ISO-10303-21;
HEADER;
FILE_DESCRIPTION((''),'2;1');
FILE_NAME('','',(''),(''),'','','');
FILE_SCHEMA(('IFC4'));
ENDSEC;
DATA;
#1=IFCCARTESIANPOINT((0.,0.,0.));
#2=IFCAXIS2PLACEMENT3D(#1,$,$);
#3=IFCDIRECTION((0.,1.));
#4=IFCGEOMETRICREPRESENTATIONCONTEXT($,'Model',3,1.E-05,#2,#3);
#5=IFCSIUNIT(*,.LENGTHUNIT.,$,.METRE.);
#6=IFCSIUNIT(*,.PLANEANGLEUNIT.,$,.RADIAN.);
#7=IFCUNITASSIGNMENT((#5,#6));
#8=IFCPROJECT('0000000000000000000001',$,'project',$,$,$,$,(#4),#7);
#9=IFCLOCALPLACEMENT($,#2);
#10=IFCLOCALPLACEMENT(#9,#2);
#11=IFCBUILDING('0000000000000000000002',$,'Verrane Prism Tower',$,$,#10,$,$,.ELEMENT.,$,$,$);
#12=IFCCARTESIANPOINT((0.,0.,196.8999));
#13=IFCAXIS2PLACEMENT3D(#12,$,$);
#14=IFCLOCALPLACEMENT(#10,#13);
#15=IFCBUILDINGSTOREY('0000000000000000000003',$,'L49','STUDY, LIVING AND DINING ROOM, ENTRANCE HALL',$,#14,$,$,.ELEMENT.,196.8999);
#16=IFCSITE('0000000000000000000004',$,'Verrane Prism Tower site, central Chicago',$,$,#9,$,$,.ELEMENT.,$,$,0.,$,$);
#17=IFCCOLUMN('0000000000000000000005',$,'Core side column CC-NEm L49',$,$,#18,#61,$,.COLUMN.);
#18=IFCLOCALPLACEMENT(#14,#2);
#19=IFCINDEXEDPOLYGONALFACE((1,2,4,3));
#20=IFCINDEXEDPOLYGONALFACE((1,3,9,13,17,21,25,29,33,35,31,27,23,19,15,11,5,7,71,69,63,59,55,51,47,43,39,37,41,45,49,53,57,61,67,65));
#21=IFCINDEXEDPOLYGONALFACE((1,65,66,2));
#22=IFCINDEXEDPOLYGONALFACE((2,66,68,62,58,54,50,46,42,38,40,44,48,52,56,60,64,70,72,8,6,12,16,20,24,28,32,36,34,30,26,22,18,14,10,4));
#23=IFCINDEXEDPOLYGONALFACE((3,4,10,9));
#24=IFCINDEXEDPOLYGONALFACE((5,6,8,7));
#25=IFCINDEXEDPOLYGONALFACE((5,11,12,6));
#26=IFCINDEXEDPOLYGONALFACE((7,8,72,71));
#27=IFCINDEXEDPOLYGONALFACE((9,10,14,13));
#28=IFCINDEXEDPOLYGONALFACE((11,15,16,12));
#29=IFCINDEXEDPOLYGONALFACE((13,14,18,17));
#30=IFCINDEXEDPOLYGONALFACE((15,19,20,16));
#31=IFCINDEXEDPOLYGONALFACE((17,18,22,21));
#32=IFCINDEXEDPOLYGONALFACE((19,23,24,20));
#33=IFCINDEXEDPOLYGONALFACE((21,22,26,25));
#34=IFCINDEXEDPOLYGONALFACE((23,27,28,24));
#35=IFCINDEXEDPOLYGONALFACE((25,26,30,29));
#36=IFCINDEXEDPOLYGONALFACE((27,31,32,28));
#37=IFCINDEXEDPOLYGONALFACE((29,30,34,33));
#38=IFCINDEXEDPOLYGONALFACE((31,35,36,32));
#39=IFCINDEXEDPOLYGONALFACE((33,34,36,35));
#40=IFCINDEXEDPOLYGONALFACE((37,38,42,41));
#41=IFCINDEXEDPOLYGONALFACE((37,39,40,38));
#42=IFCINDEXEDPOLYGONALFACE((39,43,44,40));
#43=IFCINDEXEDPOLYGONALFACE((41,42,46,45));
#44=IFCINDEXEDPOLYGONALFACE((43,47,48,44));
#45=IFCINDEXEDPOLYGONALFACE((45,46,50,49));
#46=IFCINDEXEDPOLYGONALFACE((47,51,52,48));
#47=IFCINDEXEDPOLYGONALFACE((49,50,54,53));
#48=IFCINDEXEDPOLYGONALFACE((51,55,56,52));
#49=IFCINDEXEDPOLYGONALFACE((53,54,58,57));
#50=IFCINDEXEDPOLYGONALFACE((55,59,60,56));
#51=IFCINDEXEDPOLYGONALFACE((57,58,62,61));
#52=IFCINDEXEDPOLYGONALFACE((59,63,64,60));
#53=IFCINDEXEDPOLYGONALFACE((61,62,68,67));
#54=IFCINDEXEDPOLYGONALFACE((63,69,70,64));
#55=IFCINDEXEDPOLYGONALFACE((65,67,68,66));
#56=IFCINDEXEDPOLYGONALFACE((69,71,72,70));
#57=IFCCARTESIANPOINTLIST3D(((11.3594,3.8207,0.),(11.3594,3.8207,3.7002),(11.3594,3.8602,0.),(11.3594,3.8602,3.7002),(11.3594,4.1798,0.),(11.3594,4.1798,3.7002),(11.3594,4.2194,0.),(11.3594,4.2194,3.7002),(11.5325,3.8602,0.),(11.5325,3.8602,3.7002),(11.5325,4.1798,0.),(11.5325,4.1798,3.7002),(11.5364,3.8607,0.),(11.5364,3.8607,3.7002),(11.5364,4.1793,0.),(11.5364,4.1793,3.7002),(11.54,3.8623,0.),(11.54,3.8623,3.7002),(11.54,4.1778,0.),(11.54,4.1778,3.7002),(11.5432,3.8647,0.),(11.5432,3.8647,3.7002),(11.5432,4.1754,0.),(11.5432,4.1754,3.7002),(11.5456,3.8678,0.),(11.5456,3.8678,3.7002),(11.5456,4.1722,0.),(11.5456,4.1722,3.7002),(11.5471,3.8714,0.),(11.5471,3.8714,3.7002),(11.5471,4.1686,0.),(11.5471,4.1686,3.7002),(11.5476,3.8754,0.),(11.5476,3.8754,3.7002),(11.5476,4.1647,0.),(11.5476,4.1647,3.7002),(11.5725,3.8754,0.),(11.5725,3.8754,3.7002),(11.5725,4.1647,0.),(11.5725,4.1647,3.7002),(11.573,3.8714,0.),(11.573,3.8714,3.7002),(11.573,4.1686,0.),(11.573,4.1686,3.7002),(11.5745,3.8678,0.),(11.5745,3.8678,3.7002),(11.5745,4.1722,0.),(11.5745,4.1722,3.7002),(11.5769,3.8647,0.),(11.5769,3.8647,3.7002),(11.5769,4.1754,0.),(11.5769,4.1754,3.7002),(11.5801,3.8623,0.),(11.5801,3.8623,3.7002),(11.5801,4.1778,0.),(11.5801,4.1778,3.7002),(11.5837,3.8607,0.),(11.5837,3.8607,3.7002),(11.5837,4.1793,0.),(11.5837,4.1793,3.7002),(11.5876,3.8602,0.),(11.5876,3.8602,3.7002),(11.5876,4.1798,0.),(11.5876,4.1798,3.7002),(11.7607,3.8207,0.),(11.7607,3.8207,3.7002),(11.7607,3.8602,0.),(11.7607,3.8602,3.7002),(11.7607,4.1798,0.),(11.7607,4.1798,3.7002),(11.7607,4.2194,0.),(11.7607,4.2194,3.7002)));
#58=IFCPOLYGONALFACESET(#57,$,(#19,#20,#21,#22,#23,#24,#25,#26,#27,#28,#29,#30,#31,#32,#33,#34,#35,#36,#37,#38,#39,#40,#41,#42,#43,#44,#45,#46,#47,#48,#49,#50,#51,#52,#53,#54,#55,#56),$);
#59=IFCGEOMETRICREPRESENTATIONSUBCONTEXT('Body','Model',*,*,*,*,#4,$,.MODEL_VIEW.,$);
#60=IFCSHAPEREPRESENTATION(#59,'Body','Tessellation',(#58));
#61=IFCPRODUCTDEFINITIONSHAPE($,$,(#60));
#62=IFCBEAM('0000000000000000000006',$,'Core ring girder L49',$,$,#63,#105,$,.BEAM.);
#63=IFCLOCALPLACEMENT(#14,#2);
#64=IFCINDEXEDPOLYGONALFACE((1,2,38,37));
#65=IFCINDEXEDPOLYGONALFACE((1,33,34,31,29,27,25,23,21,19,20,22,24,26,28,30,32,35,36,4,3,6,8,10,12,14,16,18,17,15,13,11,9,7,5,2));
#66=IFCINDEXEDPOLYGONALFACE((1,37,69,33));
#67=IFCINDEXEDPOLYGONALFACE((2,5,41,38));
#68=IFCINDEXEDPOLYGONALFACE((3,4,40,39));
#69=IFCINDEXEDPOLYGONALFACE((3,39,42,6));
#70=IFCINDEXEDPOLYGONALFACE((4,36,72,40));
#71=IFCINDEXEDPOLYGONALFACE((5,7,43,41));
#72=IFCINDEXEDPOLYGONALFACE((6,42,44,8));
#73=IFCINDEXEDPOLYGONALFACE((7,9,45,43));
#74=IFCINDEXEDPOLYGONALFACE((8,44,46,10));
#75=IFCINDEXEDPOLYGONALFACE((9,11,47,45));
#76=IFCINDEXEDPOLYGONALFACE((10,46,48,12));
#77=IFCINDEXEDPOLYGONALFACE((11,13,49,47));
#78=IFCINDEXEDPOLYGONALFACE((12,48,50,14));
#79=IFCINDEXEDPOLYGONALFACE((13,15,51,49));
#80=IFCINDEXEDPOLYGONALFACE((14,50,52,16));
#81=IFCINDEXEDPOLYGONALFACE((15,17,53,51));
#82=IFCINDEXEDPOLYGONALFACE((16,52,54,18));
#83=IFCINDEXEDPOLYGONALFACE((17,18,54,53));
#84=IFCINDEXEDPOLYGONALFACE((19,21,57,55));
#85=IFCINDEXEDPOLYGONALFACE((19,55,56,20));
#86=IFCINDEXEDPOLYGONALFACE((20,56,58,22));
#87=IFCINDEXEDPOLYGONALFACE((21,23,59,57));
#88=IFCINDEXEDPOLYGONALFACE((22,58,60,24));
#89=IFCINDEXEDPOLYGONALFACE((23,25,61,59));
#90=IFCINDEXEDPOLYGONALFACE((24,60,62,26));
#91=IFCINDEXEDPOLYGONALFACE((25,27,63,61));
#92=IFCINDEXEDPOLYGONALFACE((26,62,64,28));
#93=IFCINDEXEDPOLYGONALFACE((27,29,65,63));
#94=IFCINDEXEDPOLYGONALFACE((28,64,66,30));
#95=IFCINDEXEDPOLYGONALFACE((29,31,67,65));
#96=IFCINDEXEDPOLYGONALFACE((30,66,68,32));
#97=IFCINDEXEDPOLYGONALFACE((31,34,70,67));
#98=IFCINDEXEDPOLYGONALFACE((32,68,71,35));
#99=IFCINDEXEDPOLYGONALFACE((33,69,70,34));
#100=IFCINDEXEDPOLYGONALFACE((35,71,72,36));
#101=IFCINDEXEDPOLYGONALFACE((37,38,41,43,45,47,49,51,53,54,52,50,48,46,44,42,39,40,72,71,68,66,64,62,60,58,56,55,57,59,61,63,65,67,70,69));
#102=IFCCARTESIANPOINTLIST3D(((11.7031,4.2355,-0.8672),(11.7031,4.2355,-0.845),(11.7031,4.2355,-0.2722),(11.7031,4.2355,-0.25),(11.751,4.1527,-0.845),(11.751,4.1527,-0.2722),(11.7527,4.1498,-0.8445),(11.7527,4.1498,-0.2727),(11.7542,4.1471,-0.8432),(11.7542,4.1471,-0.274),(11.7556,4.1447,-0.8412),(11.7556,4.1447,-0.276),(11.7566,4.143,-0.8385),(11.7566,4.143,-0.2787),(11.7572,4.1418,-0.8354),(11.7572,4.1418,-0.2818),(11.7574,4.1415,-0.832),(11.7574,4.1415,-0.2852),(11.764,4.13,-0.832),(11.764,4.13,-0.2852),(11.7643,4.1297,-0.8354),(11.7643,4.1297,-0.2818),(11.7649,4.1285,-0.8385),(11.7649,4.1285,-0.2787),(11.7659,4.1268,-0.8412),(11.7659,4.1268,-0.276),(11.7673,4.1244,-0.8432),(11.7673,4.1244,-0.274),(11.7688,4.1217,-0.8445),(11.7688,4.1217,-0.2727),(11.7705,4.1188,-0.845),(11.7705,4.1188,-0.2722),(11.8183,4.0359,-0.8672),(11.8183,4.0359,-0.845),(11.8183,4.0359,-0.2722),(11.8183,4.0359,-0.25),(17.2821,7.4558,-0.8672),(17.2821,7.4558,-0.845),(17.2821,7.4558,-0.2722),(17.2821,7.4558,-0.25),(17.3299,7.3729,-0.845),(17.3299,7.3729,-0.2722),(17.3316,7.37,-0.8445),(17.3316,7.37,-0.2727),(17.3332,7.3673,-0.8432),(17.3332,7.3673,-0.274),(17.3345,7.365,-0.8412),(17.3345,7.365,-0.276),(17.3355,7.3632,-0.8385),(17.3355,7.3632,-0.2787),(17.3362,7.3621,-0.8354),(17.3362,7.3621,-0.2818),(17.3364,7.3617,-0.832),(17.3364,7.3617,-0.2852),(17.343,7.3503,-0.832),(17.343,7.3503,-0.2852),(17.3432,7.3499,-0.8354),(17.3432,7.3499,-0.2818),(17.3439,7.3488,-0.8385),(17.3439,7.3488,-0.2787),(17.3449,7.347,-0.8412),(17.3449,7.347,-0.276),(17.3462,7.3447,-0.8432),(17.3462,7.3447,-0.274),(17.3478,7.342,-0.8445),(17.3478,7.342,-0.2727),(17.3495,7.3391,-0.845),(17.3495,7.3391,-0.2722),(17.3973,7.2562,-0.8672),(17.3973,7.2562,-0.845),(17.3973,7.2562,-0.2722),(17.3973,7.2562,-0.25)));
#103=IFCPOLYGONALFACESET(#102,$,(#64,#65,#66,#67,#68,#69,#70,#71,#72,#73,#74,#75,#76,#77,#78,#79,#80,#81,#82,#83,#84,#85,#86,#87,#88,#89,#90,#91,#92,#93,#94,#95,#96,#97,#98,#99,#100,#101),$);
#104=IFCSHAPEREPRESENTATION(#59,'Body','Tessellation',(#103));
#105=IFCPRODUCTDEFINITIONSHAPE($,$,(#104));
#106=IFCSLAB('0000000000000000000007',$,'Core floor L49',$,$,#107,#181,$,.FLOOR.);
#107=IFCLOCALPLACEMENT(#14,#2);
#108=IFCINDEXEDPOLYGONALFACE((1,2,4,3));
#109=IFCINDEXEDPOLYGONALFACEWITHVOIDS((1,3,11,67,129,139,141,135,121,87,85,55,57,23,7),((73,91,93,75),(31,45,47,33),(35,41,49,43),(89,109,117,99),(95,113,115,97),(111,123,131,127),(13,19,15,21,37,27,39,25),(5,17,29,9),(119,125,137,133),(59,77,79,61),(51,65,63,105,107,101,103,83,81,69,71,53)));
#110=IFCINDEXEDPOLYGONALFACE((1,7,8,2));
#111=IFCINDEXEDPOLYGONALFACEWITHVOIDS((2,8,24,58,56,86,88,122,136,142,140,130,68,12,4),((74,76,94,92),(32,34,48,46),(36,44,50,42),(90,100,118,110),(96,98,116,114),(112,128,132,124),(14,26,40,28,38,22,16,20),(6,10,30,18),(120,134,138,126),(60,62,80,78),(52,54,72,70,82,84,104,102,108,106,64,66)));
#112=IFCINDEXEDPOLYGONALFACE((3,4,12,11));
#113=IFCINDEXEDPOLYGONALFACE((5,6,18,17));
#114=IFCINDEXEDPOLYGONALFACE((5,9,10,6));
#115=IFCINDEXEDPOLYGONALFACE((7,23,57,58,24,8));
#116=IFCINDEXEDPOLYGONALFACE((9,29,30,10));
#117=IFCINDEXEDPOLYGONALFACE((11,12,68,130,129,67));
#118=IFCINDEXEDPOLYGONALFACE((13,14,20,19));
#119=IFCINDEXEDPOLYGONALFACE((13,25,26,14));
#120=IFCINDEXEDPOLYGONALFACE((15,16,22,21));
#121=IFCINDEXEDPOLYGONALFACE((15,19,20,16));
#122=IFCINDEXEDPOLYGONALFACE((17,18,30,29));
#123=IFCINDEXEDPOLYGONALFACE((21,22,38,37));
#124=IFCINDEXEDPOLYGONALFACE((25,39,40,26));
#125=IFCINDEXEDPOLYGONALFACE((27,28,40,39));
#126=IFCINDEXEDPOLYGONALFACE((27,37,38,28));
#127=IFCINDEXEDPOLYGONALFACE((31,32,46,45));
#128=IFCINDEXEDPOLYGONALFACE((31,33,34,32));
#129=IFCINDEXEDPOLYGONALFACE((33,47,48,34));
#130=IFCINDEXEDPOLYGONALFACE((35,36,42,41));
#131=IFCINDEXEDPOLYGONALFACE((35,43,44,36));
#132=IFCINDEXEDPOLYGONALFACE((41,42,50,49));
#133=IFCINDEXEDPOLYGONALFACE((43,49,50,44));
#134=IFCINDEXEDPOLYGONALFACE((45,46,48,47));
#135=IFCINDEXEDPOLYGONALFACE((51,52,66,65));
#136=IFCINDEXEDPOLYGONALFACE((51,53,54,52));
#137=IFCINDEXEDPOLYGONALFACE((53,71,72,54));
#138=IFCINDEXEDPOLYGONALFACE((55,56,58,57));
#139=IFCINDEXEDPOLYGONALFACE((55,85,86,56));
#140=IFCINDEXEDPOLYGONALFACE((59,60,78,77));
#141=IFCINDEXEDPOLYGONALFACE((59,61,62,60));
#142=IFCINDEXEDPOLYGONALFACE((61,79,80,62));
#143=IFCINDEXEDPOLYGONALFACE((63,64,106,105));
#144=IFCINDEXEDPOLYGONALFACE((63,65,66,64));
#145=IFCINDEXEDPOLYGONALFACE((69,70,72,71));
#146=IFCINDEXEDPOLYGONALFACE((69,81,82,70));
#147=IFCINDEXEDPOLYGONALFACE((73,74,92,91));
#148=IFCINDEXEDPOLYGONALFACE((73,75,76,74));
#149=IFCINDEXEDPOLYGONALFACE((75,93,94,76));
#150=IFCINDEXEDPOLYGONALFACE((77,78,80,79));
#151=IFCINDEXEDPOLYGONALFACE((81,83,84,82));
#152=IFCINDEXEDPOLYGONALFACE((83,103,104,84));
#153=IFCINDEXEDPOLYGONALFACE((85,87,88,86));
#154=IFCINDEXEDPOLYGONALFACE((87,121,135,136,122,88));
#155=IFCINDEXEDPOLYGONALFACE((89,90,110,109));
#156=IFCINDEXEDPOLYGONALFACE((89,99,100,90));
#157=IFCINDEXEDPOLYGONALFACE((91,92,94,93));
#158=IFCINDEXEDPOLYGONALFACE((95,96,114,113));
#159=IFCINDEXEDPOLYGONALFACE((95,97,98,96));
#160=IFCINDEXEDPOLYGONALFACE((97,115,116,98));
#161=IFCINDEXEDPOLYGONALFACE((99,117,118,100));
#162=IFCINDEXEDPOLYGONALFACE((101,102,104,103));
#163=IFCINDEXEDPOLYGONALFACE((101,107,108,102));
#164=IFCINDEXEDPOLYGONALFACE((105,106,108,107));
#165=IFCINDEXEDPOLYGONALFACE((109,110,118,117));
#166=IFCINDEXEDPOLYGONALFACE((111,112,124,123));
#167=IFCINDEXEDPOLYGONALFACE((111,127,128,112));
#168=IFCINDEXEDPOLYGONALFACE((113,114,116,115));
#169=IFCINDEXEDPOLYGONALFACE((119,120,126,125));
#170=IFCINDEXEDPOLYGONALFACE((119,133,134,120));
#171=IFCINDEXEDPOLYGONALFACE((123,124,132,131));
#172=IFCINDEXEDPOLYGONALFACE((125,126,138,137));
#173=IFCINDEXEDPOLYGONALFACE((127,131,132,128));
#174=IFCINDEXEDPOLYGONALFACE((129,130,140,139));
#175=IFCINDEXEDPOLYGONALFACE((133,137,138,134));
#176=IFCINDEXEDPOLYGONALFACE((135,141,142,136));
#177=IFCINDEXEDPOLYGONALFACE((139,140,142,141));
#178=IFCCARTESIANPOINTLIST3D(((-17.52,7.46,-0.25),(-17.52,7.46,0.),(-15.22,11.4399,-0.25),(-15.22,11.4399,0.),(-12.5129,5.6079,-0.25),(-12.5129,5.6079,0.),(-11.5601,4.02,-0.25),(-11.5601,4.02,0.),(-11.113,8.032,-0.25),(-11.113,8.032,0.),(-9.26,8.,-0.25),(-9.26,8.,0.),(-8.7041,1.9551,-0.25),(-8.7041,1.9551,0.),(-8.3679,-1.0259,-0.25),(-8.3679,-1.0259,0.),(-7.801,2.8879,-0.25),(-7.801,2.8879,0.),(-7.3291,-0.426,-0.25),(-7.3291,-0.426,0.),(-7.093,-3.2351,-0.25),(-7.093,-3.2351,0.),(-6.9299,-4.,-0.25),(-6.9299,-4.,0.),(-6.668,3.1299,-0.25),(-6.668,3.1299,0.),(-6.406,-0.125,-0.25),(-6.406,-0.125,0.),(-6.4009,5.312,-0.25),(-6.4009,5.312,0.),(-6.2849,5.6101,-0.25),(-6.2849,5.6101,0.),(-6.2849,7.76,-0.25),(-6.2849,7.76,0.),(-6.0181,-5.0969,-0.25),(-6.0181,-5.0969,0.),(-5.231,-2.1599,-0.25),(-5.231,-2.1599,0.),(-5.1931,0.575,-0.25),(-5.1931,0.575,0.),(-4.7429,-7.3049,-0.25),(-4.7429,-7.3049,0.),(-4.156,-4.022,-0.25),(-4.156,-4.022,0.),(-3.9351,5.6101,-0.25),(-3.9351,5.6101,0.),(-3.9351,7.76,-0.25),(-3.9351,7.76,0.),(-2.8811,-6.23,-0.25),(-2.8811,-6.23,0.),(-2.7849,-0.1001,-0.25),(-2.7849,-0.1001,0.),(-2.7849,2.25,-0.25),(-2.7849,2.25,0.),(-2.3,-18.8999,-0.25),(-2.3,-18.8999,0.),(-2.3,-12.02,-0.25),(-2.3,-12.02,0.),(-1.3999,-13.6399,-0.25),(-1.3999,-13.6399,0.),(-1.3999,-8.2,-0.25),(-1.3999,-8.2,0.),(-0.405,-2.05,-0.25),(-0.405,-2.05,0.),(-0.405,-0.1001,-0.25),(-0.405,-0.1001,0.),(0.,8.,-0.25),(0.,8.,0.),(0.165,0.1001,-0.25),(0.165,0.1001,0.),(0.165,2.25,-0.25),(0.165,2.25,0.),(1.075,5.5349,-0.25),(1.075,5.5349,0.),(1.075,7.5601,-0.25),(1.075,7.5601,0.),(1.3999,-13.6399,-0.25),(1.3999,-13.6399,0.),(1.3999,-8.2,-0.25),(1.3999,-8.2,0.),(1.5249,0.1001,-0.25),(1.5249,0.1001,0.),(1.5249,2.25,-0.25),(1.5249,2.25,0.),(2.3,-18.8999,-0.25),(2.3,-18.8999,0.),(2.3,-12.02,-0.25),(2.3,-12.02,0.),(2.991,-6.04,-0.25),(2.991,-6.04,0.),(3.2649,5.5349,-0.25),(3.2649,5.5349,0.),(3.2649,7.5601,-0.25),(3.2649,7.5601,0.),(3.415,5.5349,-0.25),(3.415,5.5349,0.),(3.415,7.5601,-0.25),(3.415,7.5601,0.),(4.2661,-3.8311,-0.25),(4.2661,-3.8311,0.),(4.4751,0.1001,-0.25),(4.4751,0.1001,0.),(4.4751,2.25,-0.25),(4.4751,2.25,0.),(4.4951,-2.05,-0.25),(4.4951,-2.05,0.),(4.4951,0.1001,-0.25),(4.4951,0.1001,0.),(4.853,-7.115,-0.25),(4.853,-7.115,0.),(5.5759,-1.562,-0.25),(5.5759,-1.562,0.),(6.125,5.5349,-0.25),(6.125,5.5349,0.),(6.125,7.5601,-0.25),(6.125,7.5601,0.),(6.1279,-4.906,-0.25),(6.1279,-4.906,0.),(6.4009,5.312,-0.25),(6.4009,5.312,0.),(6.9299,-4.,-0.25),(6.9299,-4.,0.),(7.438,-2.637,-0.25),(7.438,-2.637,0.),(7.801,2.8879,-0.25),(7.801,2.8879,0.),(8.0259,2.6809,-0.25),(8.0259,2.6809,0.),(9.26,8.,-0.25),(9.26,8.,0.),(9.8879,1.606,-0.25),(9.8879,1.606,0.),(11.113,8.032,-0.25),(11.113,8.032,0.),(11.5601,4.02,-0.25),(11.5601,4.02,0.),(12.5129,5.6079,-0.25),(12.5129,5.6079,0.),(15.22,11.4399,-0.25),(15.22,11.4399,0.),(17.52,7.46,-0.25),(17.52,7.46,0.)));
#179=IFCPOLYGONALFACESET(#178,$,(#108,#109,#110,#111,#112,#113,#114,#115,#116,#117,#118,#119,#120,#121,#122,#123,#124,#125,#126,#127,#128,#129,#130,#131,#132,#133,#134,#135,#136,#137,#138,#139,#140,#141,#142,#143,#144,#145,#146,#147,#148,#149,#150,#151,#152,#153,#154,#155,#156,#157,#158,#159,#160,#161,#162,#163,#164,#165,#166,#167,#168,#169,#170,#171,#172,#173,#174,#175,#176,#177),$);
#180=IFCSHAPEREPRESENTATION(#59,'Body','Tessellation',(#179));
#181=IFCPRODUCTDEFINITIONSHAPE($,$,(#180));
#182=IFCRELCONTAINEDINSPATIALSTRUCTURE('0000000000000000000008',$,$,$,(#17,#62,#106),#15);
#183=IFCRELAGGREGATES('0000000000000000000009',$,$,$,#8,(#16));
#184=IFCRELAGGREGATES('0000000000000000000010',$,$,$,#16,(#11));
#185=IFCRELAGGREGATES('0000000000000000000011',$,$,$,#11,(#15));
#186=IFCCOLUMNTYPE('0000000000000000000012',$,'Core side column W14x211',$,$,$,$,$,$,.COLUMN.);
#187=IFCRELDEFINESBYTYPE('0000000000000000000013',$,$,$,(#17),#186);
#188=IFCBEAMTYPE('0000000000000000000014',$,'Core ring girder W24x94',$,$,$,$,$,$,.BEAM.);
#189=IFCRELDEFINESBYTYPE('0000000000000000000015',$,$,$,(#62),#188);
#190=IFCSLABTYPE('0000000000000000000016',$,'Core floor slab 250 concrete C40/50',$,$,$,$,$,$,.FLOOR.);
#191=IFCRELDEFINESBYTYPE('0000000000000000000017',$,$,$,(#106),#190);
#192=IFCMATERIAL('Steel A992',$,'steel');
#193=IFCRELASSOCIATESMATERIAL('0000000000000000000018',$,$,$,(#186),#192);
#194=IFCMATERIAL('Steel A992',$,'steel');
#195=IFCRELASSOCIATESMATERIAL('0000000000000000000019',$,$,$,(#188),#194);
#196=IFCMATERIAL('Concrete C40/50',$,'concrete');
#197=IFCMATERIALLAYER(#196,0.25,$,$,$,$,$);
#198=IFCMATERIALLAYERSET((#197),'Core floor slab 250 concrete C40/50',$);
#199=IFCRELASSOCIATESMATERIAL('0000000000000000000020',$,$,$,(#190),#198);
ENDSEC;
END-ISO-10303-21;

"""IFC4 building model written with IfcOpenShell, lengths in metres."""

from ifc_helpers import new_model, si_unit, direction, frame, origin, origin_2d, place, context, subcontext, project, spatial, polyline, i_section, outline, extrude, material, layer, layer_set, material_profile, profile_set, type_object, element, save


model = new_model("IFC4")

# Units and contexts
model_context = context("Model", 3, precision=1e-05, world=origin(), true_north=direction((0.0, 1.0)))
body_context = subcontext(model_context, "Body", "Model", "MODEL_VIEW")
ifc_project = project(units=[si_unit("LENGTHUNIT", "METRE"), si_unit("PLANEANGLEUNIT", "RADIAN")], contexts=[model_context])

# Site, building, storey
site_placement = place(None, origin())
site = spatial("IfcSite", under=ifc_project, at=site_placement, Name="Verrane Prism Tower site, central Chicago", CompositionType="ELEMENT", RefElevation=0.0)
building_placement = place(site_placement, origin())
building = spatial("IfcBuilding", under=site, at=building_placement, Name="Verrane Prism Tower", CompositionType="ELEMENT")
storey_placement = place(building_placement, frame((0.0, 0.0, 196.8999)))
storey = spatial("IfcBuildingStorey", under=building, at=storey_placement, Name="L49", Description="STUDY, LIVING AND DINING ROOM, ENTRANCE HALL", CompositionType="ELEMENT", Elevation=196.8999)

# Column
ifc_material_1 = material(Name="Steel A992", Category="steel")
ifc_material_profile_1 = material_profile(ifc_material_1, i_section(OverallWidth=0.4014, OverallDepth=0.3987, WebThickness=0.0249, FlangeThickness=0.0396, FilletRadius=0.0151, at=origin_2d()), Name="W14x211")
ifc_profile_set_1 = profile_set([ifc_material_profile_1], Name="Steel A992")
column_type = type_object("IfcColumnType", Name="Core side column W14x211", PredefinedType="COLUMN", material=ifc_profile_set_1)
column_placement = place(storey_placement, frame((11.5601, 4.02, 0.0), z_axis=(0.0, 0.0, 1.0), x_axis=(1.0, 0.0, 0.0)))
element("IfcColumn", 1, at=column_placement, inside=storey, type_object=column_type, Name="Core side column CC-NEm L49", PredefinedType="COLUMN", context=body_context, shape_type="SweptSolid", body=[
    extrude(i_section(OverallWidth=0.4014, OverallDepth=0.3987, WebThickness=0.0249, FlangeThickness=0.0396, FilletRadius=0.0151, at=origin_2d()), origin(), (0.0, 0.0, 1.0), 3.7002),
])

# Beam
ifc_material_2 = material(Name="Steel A992", Category="steel")
ifc_material_profile_2 = material_profile(ifc_material_2, i_section(OverallWidth=0.2305, OverallDepth=0.6172, WebThickness=0.0132, FlangeThickness=0.0222, FilletRadius=0.0129, at=origin_2d()), Name="W24x94")
ifc_profile_set_2 = profile_set([ifc_material_profile_2], Name="Steel A992")
beam_type = type_object("IfcBeamType", Name="Core ring girder W24x94", PredefinedType="BEAM", material=ifc_profile_set_2)
beam_placement = place(storey_placement, frame((11.7607, 4.1357, -0.5586), z_axis=(0.866075, 0.499914, 0.0), x_axis=(-0.499914, 0.866075, 0.0)))
element("IfcBeam", 2, at=beam_placement, inside=storey, type_object=beam_type, Name="Core ring girder L49", PredefinedType="BEAM", context=body_context, shape_type="SweptSolid", body=[
    extrude(i_section(OverallWidth=0.2305, OverallDepth=0.6172, WebThickness=0.0132, FlangeThickness=0.0222, FilletRadius=0.0129, at=origin_2d()), origin(), (0.0, 0.0, 1.0), 6.4417),
])

# Slab
ifc_material_3 = material(Name="Concrete C40/50", Category="concrete")
ifc_layer_1 = layer(ifc_material_3, 0.25)
ifc_layer_set_1 = layer_set([ifc_layer_1], Name="Core floor slab 250 concrete C40/50")
slab_type_1 = type_object("IfcSlabType", Name="Core floor slab 250 concrete C40/50", PredefinedType="FLOOR", material=ifc_layer_set_1)
slab_1_placement = place(storey_placement, frame((0.0, 0.0, -0.25)))
element("IfcSlab", 3, at=slab_1_placement, inside=storey, type_object=slab_type_1, Name="Core floor L49", PredefinedType="FLOOR", context=body_context, shape_type="SweptSolid", body=[
    extrude(outline(polyline([(11.5601, 4.02), (17.52, 7.46), (15.22, 11.4399), (9.26, 8.0), (0.0, 8.0), (-9.26, 8.0), (-15.22, 11.4399), (-17.52, 7.46), (-11.5601, 4.02), (-6.9299, -4.0), (-2.3, -12.02), (-2.3, -18.8999), (2.3, -18.8999), (2.3, -12.02), (6.9299, -4.0), (11.5601, 4.02)]), holes=[polyline([(1.3999, -8.2), (1.3999, -13.6399), (-1.3999, -13.6399), (-1.3999, -8.2), (1.3999, -8.2)]), polyline([(-2.8811, -6.23), (-4.7429, -7.3049), (-6.0181, -5.0969), (-4.156, -4.022), (-2.8811, -6.23)]), polyline([(-7.801, 2.8879), (-12.5129, 5.6079), (-11.113, 8.032), (-6.4009, 5.312), (-7.801, 2.8879)]), polyline([(-6.2849, 5.6101), (-6.2849, 7.76), (-3.9351, 7.76), (-3.9351, 5.6101), (-6.2849, 5.6101)]), polyline([(4.2661, -3.8311), (6.1279, -4.906), (4.853, -7.115), (2.991, -6.04), (4.2661, -3.8311)]), polyline([(7.438, -2.637), (5.5759, -1.562), (8.0259, 2.6809), (9.8879, 1.606), (7.438, -2.637)]), polyline([(0.165, 0.1001), (1.5249, 0.1001), (1.5249, 2.25), (4.4751, 2.25), (4.4751, 0.1001), (4.4951, 0.1001), (4.4951, -2.05), (-0.405, -2.05), (-0.405, -0.1001), (-2.7849, -0.1001), (-2.7849, 2.25), (0.165, 2.25), (0.165, 0.1001)]), polyline([(6.4009, 5.312), (11.113, 8.032), (12.5129, 5.6079), (7.801, 2.8879), (6.4009, 5.312)]), polyline([(1.075, 5.5349), (1.075, 7.5601), (3.2649, 7.5601), (3.2649, 5.5349), (1.075, 5.5349)]), polyline([(3.415, 7.5601), (6.125, 7.5601), (6.125, 5.5349), (3.415, 5.5349), (3.415, 7.5601)]), polyline([(-5.231, -2.1599), (-7.093, -3.2351), (-8.3679, -1.0259), (-7.3291, -0.426), (-8.7041, 1.9551), (-6.668, 3.1299), (-5.1931, 0.575), (-6.406, -0.125), (-5.231, -2.1599)])]), origin(), (0.0, 0.0, 1.0), 0.25),
])

save(model, "model.ifc")
